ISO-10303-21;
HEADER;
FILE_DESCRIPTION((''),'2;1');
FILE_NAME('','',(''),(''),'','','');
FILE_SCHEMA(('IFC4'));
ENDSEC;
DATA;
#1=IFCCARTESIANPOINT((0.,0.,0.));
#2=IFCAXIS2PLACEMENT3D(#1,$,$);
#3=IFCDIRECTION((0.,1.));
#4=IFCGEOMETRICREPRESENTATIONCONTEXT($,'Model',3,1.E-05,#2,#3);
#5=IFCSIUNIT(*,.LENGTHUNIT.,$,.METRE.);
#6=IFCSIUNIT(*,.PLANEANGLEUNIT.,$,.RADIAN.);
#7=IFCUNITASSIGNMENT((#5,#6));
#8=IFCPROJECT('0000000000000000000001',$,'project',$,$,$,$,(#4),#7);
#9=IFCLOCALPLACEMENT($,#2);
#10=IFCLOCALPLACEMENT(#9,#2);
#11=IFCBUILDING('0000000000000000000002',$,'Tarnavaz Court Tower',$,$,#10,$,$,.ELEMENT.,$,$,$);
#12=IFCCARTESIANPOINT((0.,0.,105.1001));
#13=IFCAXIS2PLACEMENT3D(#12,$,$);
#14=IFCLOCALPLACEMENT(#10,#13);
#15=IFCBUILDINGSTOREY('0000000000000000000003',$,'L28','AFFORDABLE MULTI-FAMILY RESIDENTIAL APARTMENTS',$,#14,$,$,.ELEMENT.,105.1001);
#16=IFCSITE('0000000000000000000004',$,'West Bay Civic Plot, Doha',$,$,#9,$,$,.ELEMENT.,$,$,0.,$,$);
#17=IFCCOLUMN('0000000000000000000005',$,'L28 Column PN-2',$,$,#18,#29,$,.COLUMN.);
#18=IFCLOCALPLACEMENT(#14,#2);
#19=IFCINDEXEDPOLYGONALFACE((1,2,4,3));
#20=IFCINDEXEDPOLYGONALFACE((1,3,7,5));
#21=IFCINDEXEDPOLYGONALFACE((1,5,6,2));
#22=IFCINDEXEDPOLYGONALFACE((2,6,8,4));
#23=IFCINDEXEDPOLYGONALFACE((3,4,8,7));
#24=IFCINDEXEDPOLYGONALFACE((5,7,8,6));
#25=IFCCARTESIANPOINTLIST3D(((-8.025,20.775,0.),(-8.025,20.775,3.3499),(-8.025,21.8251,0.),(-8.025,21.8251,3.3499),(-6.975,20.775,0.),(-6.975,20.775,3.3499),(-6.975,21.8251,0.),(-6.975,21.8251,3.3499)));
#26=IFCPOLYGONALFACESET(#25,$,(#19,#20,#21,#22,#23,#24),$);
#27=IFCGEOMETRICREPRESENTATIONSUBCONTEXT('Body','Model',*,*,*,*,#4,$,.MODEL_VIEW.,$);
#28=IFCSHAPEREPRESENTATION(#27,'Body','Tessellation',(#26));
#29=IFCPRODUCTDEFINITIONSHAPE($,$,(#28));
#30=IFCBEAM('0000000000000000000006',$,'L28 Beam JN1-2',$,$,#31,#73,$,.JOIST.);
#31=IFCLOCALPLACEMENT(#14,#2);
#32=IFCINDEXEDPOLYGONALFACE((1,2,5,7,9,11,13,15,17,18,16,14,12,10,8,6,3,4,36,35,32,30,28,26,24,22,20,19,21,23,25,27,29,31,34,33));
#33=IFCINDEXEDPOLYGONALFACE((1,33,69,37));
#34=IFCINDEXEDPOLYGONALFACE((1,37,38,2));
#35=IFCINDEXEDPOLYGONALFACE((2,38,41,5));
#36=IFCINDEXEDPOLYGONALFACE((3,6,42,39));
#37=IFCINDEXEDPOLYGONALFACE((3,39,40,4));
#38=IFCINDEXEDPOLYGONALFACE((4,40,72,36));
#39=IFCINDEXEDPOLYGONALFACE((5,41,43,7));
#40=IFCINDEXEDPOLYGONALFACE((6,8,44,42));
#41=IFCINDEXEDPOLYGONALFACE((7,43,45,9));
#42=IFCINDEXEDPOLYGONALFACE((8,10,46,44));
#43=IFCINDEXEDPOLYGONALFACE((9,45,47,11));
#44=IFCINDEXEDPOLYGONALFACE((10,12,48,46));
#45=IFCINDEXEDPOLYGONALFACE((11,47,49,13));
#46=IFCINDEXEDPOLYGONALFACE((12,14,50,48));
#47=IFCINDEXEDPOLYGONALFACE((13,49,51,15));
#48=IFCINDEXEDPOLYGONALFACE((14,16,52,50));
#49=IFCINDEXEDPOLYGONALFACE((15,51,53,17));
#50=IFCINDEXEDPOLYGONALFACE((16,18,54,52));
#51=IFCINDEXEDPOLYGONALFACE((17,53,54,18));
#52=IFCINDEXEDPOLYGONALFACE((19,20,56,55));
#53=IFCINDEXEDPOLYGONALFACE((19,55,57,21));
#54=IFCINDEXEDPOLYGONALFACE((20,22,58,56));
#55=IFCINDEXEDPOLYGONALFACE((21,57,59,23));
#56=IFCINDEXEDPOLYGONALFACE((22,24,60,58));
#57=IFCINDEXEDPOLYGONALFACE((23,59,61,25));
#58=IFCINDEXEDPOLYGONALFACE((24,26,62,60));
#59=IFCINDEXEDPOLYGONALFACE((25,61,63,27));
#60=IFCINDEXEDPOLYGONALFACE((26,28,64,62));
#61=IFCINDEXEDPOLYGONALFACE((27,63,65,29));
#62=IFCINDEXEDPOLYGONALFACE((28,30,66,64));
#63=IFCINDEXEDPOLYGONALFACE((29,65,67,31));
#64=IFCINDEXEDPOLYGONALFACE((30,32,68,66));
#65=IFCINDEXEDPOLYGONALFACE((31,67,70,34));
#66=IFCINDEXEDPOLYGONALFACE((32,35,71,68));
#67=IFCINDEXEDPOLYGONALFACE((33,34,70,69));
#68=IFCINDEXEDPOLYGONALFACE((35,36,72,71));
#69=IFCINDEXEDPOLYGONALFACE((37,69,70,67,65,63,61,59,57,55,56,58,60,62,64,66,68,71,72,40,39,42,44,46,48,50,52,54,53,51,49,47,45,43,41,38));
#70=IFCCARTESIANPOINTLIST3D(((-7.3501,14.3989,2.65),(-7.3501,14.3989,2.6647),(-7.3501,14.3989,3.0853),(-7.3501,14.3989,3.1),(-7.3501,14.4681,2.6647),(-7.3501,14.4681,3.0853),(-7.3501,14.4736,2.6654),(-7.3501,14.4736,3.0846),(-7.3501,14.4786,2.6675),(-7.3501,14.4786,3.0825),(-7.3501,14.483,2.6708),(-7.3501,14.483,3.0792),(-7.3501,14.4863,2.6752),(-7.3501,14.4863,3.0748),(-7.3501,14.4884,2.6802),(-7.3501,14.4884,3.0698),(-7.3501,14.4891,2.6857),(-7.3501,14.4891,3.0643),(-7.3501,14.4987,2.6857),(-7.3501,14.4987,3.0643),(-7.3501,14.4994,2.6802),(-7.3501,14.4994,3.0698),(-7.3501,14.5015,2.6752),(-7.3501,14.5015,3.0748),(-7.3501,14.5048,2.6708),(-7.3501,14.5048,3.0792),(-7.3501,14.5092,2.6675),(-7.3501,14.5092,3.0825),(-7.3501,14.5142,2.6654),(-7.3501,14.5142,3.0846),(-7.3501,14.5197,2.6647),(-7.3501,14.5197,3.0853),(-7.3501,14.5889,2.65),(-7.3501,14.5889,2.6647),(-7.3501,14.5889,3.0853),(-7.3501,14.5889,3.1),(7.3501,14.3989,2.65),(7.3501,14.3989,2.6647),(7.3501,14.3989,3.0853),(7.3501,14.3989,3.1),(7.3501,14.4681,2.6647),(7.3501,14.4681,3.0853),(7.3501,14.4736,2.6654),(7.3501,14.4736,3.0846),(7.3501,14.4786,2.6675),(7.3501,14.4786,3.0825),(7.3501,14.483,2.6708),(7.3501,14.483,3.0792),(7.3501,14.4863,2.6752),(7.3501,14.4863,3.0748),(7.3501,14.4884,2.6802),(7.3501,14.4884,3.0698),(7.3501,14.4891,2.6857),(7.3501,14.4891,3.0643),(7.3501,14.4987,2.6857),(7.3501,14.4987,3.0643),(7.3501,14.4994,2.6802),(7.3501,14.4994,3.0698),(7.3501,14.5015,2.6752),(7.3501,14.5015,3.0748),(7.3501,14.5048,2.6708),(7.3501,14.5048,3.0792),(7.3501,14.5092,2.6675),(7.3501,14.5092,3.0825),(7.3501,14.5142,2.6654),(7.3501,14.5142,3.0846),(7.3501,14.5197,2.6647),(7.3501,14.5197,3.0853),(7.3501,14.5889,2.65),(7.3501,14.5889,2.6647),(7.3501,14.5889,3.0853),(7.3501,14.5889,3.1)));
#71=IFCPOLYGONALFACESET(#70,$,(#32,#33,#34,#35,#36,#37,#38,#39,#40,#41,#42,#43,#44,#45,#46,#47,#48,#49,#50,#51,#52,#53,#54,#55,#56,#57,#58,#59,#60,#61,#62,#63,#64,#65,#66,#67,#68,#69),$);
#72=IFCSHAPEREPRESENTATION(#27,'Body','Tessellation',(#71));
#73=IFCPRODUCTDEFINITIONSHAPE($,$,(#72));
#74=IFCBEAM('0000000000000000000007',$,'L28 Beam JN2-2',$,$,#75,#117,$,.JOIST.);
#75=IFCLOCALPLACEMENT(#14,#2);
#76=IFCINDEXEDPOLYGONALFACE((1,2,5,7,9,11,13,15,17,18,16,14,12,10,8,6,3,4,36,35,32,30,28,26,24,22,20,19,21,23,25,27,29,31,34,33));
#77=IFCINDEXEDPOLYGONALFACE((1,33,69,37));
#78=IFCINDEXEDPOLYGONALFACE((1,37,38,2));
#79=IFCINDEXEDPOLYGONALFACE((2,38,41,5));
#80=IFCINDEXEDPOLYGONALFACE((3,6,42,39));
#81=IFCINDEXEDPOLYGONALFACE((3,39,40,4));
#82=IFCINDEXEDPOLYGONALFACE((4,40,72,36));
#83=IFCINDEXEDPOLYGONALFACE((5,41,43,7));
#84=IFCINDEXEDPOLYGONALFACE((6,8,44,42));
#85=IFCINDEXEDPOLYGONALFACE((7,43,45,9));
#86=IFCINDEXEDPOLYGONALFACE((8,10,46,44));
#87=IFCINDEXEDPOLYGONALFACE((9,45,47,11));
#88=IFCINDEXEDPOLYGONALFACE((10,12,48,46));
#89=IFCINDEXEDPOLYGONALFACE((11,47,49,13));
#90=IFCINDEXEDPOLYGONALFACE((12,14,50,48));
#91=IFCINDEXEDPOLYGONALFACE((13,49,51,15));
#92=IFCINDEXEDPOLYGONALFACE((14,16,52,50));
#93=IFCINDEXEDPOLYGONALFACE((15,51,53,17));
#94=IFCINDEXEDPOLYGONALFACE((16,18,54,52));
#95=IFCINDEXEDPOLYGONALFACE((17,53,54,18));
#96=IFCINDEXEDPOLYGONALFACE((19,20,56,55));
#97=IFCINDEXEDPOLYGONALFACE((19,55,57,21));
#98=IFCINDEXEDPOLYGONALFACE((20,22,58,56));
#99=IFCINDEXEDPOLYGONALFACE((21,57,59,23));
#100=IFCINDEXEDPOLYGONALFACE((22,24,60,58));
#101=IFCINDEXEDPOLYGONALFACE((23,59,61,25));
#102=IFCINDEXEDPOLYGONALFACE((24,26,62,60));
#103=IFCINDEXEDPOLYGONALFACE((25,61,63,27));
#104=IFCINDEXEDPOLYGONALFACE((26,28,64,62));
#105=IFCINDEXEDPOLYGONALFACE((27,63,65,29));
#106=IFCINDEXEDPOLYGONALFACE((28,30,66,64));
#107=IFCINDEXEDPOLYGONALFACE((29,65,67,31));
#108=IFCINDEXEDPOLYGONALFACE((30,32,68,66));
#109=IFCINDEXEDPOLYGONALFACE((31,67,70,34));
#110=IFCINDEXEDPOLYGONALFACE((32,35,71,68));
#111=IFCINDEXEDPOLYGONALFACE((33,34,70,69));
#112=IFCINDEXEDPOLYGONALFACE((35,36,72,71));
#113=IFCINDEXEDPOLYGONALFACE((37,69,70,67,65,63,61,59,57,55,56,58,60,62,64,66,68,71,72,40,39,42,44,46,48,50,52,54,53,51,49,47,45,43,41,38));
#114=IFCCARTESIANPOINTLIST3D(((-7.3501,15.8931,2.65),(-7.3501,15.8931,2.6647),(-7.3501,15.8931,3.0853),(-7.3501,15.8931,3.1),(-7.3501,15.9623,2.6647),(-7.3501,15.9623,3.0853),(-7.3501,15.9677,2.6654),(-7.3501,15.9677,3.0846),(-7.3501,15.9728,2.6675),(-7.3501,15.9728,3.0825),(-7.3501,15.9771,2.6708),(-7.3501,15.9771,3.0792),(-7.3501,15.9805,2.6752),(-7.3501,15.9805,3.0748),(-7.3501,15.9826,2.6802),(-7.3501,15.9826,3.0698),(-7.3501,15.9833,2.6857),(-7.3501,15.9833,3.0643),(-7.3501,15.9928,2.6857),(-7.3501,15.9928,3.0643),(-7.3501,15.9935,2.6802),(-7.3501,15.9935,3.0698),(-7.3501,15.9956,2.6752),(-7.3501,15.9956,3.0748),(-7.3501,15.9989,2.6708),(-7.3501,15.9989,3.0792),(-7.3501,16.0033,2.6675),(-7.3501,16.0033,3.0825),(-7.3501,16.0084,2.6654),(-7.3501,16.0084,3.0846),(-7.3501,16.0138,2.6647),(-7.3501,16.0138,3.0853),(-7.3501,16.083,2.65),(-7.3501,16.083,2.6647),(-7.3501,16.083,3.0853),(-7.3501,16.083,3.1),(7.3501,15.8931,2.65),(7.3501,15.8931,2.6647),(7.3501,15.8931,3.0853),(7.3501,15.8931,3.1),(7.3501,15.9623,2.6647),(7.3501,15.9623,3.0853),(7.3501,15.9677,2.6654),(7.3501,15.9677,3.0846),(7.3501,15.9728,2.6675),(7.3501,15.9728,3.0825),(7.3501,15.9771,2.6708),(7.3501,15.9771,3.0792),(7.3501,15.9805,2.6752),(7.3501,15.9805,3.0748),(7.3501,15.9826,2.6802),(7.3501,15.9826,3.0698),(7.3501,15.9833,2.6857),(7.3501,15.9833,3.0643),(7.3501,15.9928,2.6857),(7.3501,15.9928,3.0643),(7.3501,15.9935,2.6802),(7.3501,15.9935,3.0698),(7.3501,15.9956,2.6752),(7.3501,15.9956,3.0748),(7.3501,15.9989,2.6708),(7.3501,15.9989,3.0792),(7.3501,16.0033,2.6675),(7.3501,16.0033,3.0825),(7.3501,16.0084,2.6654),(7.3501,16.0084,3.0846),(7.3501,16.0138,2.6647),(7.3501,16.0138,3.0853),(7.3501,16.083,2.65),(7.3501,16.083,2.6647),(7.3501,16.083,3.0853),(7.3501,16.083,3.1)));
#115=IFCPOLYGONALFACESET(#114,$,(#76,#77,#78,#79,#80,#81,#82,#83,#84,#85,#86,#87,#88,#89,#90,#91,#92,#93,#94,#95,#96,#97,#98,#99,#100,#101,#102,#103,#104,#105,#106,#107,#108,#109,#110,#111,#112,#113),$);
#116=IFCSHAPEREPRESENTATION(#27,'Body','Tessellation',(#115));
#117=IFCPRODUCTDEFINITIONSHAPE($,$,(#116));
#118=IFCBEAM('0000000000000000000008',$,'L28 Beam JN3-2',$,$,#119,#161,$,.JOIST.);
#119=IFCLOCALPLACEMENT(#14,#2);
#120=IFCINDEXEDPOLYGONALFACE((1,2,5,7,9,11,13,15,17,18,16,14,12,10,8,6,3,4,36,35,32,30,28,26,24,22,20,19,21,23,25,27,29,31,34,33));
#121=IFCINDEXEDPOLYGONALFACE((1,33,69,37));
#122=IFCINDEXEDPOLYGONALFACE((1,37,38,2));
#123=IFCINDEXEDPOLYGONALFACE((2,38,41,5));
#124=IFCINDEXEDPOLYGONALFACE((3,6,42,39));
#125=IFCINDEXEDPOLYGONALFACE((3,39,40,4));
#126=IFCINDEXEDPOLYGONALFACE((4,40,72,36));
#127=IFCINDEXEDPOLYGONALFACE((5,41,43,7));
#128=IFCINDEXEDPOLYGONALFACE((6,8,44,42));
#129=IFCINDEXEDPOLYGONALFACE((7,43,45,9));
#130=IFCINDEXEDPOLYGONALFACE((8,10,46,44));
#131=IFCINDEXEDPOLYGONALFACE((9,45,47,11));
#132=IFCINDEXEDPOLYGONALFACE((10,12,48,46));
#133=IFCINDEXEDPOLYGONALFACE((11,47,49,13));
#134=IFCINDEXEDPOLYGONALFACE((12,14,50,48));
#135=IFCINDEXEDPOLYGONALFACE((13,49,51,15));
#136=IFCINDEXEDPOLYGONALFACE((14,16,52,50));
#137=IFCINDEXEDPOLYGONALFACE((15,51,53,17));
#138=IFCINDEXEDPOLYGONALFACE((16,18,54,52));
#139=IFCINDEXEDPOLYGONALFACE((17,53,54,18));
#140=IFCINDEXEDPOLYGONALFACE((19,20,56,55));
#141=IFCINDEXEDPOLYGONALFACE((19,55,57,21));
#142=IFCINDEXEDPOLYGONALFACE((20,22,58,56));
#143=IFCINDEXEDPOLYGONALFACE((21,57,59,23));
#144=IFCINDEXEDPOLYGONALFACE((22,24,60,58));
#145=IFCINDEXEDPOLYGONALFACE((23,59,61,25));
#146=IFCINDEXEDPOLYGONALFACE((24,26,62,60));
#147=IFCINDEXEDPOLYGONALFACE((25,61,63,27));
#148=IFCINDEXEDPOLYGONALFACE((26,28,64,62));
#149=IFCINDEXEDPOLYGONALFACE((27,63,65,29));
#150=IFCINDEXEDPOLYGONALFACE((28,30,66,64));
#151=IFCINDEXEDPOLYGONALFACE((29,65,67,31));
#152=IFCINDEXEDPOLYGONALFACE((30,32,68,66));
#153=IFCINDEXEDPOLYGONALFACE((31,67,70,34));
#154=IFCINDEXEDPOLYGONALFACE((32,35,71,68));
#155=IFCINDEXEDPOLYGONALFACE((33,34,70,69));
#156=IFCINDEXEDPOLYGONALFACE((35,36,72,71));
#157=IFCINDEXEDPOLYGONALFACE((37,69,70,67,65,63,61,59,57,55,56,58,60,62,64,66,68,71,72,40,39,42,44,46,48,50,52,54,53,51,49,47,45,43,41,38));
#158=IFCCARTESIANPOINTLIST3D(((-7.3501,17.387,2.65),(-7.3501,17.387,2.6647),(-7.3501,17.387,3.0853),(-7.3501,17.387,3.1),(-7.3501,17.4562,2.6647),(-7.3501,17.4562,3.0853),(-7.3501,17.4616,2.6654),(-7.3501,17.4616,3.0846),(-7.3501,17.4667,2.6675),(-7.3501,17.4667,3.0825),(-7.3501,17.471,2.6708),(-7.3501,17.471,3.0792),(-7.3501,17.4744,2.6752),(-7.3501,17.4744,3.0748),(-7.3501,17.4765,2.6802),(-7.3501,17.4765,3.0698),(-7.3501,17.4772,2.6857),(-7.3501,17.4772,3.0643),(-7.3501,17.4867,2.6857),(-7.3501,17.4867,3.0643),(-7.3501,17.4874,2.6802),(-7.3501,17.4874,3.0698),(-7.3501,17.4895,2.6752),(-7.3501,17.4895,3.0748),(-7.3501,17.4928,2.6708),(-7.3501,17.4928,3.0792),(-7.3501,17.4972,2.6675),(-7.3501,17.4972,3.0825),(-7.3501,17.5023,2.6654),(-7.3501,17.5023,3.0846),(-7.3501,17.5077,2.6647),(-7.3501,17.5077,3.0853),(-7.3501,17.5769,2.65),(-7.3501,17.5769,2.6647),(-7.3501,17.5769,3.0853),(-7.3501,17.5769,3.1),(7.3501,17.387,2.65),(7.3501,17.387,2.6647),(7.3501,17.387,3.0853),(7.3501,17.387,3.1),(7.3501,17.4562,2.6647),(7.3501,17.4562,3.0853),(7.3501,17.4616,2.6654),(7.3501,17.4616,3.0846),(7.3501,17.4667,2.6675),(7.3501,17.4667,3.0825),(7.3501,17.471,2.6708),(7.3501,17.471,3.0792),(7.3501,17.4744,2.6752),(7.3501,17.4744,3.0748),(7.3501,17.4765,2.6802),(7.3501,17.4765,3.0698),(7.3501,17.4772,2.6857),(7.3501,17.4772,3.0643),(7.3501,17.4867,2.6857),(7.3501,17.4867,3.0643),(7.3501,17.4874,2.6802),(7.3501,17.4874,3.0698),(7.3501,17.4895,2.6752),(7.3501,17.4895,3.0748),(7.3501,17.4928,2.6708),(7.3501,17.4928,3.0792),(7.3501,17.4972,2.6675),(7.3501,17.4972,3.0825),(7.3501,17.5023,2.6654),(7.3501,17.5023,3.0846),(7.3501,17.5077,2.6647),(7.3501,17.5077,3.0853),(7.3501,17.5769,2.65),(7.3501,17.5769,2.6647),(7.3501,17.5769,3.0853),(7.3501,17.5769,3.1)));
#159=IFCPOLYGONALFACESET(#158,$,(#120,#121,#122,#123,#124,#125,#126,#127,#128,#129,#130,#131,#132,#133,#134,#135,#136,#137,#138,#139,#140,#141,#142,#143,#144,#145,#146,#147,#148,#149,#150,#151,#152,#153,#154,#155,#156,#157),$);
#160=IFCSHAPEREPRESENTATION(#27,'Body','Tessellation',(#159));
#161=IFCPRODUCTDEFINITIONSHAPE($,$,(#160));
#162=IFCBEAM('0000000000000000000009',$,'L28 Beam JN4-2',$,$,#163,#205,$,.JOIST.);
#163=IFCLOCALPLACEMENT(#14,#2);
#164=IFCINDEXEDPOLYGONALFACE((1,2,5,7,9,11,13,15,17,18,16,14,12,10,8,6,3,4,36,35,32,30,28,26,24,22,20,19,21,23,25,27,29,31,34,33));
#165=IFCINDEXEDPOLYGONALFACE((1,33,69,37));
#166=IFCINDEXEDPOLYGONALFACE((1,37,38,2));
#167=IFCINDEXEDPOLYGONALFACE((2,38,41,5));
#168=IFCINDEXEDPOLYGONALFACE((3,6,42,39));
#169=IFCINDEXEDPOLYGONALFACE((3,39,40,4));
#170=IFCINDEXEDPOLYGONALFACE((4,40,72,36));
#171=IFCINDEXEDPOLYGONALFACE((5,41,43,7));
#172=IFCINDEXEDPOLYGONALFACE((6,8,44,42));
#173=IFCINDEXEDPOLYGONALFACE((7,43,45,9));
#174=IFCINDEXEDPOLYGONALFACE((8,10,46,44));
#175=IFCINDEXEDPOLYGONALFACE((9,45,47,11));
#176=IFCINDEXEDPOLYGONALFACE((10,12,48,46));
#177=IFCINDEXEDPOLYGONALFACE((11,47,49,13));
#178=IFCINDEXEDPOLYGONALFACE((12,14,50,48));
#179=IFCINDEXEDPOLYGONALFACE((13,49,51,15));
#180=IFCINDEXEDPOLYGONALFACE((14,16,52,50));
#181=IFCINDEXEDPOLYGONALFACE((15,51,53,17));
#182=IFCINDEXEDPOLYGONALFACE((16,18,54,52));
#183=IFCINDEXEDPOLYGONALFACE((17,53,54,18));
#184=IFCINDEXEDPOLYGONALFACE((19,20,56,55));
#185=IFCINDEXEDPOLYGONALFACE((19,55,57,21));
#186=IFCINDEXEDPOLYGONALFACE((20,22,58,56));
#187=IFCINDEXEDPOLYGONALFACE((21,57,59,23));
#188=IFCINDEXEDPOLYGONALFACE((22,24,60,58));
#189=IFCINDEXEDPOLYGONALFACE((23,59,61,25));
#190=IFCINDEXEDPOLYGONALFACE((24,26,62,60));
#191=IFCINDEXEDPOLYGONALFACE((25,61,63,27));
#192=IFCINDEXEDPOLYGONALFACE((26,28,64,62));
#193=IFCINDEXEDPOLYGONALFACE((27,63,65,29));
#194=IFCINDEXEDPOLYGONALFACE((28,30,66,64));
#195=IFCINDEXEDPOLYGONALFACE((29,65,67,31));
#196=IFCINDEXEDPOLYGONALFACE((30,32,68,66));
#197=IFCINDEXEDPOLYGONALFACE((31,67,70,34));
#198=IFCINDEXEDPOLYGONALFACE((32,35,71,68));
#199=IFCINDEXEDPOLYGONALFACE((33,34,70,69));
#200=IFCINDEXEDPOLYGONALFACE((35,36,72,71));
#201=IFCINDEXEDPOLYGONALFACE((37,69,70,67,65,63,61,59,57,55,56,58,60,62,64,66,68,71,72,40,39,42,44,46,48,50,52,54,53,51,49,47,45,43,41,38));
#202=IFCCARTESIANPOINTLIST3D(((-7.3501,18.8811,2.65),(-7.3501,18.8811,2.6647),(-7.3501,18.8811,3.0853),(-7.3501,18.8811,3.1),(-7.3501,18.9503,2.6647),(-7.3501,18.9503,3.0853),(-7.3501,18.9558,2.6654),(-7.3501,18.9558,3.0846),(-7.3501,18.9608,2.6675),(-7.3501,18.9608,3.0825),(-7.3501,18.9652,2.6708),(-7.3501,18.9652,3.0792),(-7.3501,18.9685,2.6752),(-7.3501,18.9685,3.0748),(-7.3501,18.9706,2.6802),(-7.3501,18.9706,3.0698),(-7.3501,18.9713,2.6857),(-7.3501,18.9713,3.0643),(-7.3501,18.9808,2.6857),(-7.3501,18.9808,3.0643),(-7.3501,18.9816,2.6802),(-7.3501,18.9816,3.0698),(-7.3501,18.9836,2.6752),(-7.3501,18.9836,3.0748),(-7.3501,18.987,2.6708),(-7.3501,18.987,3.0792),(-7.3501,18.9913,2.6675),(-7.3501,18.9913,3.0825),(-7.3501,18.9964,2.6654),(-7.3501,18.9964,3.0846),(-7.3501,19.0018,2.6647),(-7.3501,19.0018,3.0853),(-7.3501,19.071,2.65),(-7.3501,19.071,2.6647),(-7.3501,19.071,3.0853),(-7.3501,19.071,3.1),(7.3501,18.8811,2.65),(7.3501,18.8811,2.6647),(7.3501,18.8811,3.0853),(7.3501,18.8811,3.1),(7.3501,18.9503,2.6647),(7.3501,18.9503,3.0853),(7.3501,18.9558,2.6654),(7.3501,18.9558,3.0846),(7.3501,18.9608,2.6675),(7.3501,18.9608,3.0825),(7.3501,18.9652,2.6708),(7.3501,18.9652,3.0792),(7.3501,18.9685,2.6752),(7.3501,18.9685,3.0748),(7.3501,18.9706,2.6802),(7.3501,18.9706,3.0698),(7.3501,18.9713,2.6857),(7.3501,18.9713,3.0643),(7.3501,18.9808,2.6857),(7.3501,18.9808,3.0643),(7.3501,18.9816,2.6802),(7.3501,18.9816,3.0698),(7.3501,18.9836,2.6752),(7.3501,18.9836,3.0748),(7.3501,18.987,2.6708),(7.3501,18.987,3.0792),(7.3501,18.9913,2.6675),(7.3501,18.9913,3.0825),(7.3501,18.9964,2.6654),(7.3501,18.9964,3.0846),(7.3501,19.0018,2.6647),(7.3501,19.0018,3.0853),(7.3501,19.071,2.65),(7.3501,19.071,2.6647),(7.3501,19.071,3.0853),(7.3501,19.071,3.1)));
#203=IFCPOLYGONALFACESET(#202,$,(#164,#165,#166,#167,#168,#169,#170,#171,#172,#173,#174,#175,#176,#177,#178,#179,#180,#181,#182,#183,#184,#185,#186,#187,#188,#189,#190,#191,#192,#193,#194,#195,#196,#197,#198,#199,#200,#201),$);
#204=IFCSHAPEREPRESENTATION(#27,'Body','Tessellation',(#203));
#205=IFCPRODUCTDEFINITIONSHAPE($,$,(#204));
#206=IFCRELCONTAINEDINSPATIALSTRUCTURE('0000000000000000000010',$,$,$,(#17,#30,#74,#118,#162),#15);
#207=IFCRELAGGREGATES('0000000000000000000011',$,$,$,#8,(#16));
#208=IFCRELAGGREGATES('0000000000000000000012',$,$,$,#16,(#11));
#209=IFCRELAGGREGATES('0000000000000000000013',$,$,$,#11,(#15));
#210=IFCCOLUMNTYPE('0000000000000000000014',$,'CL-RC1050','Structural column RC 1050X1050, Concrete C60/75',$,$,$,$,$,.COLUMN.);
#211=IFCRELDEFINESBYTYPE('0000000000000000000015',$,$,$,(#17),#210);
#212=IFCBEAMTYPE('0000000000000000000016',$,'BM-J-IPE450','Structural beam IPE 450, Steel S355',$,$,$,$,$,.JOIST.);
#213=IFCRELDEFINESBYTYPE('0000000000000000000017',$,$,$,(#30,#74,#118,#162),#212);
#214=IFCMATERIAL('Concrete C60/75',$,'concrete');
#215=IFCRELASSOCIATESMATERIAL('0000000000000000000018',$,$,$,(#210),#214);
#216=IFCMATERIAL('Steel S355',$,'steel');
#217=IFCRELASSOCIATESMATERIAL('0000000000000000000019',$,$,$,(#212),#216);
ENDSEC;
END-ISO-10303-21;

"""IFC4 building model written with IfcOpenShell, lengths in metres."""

from ifc_helpers import new_model, si_unit, direction, frame, origin, origin_2d, place, context, subcontext, project, spatial, rectangle, i_section, extrude, material, material_profile, profile_set, type_object, element, save


model = new_model("IFC4")

# Units and contexts
model_context = context("Model", 3, precision=1e-05, world=origin(), true_north=direction((0.0, 1.0)))
body_context = subcontext(model_context, "Body", "Model", "MODEL_VIEW")
ifc_project = project(units=[si_unit("LENGTHUNIT", "METRE"), si_unit("PLANEANGLEUNIT", "RADIAN")], contexts=[model_context])

# Site, building, storey
site_placement = place(None, origin())
site = spatial("IfcSite", under=ifc_project, at=site_placement, Name="West Bay Civic Plot, Doha", CompositionType="ELEMENT", RefElevation=0.0)
building_placement = place(site_placement, origin())
building = spatial("IfcBuilding", under=site, at=building_placement, Name="Tarnavaz Court Tower", CompositionType="ELEMENT")
storey_placement = place(building_placement, frame((0.0, 0.0, 105.1001)))
storey = spatial("IfcBuildingStorey", under=building, at=storey_placement, Name="L28", Description="AFFORDABLE MULTI-FAMILY RESIDENTIAL APARTMENTS", CompositionType="ELEMENT", Elevation=105.1001)

# Column
ifc_material_1 = material(Name="Concrete C60/75", Category="concrete")
ifc_material_profile_1 = material_profile(ifc_material_1, rectangle(XDim=1.05, YDim=1.05, at=origin_2d()), Name="RC 1050X1050")
ifc_profile_set_1 = profile_set([ifc_material_profile_1], Name="Concrete C60/75")
column_type = type_object("IfcColumnType", Name="CL-RC1050", Description="Structural column RC 1050X1050, Concrete C60/75", PredefinedType="COLUMN", material=ifc_profile_set_1)
column_placement = place(storey_placement, frame((-7.5, 21.3, 0.0), z_axis=(0.0, 0.0, 1.0), x_axis=(1.0, 0.0, 0.0)))
element("IfcColumn", 1, at=column_placement, inside=storey, type_object=column_type, Name="L28 Column PN-2", PredefinedType="COLUMN", context=body_context, shape_type="SweptSolid", body=[
    extrude(rectangle(XDim=1.05, YDim=1.05, at=origin_2d()), origin(), (0.0, 0.0, 1.0), 3.3499),
])

# Beams
ifc_material_2 = material(Name="Steel S355", Category="steel")
ifc_material_profile_2 = material_profile(ifc_material_2, i_section(OverallWidth=0.1899, OverallDepth=0.45, WebThickness=0.0095, FlangeThickness=0.0146, FilletRadius=0.021, at=origin_2d()), Name="IPE 450")
ifc_profile_set_2 = profile_set([ifc_material_profile_2], Name="Steel S355")
beam_type_1 = type_object("IfcBeamType", Name="BM-J-IPE450", Description="Structural beam IPE 450, Steel S355", PredefinedType="JOIST", material=ifc_profile_set_2)
for number, where, z_axis, x_axis, name in (
    (2, (-7.3501, 14.4939, 2.875), (1.0, 0.0, 0.0), (0.0, 1.0, 0.0), "L28 Beam JN1-2"),
    (3, (-7.3501, 15.988, 2.875), (1.0, 0.0, 0.0), (0.0, 1.0, 0.0), "L28 Beam JN2-2"),
    (4, (-7.3501, 17.4819, 2.875), (1.0, 0.0, 0.0), (0.0, 1.0, 0.0), "L28 Beam JN3-2"),
    (5, (-7.3501, 18.9761, 2.875), (1.0, 0.0, 0.0), (0.0, 1.0, 0.0), "L28 Beam JN4-2"),
):
    element("IfcBeam", number, at=place(storey_placement, frame(where, z_axis=z_axis, x_axis=x_axis)), inside=storey, type_object=beam_type_1, Name=name, PredefinedType="JOIST", context=body_context, shape_type="SweptSolid", body=[
        extrude(i_section(OverallWidth=0.1899, OverallDepth=0.45, WebThickness=0.0095, FlangeThickness=0.0146, FilletRadius=0.021, at=origin_2d()), origin(), (0.0, 0.0, 1.0), 14.7002),
    ])

save(model, "model.ifc")
